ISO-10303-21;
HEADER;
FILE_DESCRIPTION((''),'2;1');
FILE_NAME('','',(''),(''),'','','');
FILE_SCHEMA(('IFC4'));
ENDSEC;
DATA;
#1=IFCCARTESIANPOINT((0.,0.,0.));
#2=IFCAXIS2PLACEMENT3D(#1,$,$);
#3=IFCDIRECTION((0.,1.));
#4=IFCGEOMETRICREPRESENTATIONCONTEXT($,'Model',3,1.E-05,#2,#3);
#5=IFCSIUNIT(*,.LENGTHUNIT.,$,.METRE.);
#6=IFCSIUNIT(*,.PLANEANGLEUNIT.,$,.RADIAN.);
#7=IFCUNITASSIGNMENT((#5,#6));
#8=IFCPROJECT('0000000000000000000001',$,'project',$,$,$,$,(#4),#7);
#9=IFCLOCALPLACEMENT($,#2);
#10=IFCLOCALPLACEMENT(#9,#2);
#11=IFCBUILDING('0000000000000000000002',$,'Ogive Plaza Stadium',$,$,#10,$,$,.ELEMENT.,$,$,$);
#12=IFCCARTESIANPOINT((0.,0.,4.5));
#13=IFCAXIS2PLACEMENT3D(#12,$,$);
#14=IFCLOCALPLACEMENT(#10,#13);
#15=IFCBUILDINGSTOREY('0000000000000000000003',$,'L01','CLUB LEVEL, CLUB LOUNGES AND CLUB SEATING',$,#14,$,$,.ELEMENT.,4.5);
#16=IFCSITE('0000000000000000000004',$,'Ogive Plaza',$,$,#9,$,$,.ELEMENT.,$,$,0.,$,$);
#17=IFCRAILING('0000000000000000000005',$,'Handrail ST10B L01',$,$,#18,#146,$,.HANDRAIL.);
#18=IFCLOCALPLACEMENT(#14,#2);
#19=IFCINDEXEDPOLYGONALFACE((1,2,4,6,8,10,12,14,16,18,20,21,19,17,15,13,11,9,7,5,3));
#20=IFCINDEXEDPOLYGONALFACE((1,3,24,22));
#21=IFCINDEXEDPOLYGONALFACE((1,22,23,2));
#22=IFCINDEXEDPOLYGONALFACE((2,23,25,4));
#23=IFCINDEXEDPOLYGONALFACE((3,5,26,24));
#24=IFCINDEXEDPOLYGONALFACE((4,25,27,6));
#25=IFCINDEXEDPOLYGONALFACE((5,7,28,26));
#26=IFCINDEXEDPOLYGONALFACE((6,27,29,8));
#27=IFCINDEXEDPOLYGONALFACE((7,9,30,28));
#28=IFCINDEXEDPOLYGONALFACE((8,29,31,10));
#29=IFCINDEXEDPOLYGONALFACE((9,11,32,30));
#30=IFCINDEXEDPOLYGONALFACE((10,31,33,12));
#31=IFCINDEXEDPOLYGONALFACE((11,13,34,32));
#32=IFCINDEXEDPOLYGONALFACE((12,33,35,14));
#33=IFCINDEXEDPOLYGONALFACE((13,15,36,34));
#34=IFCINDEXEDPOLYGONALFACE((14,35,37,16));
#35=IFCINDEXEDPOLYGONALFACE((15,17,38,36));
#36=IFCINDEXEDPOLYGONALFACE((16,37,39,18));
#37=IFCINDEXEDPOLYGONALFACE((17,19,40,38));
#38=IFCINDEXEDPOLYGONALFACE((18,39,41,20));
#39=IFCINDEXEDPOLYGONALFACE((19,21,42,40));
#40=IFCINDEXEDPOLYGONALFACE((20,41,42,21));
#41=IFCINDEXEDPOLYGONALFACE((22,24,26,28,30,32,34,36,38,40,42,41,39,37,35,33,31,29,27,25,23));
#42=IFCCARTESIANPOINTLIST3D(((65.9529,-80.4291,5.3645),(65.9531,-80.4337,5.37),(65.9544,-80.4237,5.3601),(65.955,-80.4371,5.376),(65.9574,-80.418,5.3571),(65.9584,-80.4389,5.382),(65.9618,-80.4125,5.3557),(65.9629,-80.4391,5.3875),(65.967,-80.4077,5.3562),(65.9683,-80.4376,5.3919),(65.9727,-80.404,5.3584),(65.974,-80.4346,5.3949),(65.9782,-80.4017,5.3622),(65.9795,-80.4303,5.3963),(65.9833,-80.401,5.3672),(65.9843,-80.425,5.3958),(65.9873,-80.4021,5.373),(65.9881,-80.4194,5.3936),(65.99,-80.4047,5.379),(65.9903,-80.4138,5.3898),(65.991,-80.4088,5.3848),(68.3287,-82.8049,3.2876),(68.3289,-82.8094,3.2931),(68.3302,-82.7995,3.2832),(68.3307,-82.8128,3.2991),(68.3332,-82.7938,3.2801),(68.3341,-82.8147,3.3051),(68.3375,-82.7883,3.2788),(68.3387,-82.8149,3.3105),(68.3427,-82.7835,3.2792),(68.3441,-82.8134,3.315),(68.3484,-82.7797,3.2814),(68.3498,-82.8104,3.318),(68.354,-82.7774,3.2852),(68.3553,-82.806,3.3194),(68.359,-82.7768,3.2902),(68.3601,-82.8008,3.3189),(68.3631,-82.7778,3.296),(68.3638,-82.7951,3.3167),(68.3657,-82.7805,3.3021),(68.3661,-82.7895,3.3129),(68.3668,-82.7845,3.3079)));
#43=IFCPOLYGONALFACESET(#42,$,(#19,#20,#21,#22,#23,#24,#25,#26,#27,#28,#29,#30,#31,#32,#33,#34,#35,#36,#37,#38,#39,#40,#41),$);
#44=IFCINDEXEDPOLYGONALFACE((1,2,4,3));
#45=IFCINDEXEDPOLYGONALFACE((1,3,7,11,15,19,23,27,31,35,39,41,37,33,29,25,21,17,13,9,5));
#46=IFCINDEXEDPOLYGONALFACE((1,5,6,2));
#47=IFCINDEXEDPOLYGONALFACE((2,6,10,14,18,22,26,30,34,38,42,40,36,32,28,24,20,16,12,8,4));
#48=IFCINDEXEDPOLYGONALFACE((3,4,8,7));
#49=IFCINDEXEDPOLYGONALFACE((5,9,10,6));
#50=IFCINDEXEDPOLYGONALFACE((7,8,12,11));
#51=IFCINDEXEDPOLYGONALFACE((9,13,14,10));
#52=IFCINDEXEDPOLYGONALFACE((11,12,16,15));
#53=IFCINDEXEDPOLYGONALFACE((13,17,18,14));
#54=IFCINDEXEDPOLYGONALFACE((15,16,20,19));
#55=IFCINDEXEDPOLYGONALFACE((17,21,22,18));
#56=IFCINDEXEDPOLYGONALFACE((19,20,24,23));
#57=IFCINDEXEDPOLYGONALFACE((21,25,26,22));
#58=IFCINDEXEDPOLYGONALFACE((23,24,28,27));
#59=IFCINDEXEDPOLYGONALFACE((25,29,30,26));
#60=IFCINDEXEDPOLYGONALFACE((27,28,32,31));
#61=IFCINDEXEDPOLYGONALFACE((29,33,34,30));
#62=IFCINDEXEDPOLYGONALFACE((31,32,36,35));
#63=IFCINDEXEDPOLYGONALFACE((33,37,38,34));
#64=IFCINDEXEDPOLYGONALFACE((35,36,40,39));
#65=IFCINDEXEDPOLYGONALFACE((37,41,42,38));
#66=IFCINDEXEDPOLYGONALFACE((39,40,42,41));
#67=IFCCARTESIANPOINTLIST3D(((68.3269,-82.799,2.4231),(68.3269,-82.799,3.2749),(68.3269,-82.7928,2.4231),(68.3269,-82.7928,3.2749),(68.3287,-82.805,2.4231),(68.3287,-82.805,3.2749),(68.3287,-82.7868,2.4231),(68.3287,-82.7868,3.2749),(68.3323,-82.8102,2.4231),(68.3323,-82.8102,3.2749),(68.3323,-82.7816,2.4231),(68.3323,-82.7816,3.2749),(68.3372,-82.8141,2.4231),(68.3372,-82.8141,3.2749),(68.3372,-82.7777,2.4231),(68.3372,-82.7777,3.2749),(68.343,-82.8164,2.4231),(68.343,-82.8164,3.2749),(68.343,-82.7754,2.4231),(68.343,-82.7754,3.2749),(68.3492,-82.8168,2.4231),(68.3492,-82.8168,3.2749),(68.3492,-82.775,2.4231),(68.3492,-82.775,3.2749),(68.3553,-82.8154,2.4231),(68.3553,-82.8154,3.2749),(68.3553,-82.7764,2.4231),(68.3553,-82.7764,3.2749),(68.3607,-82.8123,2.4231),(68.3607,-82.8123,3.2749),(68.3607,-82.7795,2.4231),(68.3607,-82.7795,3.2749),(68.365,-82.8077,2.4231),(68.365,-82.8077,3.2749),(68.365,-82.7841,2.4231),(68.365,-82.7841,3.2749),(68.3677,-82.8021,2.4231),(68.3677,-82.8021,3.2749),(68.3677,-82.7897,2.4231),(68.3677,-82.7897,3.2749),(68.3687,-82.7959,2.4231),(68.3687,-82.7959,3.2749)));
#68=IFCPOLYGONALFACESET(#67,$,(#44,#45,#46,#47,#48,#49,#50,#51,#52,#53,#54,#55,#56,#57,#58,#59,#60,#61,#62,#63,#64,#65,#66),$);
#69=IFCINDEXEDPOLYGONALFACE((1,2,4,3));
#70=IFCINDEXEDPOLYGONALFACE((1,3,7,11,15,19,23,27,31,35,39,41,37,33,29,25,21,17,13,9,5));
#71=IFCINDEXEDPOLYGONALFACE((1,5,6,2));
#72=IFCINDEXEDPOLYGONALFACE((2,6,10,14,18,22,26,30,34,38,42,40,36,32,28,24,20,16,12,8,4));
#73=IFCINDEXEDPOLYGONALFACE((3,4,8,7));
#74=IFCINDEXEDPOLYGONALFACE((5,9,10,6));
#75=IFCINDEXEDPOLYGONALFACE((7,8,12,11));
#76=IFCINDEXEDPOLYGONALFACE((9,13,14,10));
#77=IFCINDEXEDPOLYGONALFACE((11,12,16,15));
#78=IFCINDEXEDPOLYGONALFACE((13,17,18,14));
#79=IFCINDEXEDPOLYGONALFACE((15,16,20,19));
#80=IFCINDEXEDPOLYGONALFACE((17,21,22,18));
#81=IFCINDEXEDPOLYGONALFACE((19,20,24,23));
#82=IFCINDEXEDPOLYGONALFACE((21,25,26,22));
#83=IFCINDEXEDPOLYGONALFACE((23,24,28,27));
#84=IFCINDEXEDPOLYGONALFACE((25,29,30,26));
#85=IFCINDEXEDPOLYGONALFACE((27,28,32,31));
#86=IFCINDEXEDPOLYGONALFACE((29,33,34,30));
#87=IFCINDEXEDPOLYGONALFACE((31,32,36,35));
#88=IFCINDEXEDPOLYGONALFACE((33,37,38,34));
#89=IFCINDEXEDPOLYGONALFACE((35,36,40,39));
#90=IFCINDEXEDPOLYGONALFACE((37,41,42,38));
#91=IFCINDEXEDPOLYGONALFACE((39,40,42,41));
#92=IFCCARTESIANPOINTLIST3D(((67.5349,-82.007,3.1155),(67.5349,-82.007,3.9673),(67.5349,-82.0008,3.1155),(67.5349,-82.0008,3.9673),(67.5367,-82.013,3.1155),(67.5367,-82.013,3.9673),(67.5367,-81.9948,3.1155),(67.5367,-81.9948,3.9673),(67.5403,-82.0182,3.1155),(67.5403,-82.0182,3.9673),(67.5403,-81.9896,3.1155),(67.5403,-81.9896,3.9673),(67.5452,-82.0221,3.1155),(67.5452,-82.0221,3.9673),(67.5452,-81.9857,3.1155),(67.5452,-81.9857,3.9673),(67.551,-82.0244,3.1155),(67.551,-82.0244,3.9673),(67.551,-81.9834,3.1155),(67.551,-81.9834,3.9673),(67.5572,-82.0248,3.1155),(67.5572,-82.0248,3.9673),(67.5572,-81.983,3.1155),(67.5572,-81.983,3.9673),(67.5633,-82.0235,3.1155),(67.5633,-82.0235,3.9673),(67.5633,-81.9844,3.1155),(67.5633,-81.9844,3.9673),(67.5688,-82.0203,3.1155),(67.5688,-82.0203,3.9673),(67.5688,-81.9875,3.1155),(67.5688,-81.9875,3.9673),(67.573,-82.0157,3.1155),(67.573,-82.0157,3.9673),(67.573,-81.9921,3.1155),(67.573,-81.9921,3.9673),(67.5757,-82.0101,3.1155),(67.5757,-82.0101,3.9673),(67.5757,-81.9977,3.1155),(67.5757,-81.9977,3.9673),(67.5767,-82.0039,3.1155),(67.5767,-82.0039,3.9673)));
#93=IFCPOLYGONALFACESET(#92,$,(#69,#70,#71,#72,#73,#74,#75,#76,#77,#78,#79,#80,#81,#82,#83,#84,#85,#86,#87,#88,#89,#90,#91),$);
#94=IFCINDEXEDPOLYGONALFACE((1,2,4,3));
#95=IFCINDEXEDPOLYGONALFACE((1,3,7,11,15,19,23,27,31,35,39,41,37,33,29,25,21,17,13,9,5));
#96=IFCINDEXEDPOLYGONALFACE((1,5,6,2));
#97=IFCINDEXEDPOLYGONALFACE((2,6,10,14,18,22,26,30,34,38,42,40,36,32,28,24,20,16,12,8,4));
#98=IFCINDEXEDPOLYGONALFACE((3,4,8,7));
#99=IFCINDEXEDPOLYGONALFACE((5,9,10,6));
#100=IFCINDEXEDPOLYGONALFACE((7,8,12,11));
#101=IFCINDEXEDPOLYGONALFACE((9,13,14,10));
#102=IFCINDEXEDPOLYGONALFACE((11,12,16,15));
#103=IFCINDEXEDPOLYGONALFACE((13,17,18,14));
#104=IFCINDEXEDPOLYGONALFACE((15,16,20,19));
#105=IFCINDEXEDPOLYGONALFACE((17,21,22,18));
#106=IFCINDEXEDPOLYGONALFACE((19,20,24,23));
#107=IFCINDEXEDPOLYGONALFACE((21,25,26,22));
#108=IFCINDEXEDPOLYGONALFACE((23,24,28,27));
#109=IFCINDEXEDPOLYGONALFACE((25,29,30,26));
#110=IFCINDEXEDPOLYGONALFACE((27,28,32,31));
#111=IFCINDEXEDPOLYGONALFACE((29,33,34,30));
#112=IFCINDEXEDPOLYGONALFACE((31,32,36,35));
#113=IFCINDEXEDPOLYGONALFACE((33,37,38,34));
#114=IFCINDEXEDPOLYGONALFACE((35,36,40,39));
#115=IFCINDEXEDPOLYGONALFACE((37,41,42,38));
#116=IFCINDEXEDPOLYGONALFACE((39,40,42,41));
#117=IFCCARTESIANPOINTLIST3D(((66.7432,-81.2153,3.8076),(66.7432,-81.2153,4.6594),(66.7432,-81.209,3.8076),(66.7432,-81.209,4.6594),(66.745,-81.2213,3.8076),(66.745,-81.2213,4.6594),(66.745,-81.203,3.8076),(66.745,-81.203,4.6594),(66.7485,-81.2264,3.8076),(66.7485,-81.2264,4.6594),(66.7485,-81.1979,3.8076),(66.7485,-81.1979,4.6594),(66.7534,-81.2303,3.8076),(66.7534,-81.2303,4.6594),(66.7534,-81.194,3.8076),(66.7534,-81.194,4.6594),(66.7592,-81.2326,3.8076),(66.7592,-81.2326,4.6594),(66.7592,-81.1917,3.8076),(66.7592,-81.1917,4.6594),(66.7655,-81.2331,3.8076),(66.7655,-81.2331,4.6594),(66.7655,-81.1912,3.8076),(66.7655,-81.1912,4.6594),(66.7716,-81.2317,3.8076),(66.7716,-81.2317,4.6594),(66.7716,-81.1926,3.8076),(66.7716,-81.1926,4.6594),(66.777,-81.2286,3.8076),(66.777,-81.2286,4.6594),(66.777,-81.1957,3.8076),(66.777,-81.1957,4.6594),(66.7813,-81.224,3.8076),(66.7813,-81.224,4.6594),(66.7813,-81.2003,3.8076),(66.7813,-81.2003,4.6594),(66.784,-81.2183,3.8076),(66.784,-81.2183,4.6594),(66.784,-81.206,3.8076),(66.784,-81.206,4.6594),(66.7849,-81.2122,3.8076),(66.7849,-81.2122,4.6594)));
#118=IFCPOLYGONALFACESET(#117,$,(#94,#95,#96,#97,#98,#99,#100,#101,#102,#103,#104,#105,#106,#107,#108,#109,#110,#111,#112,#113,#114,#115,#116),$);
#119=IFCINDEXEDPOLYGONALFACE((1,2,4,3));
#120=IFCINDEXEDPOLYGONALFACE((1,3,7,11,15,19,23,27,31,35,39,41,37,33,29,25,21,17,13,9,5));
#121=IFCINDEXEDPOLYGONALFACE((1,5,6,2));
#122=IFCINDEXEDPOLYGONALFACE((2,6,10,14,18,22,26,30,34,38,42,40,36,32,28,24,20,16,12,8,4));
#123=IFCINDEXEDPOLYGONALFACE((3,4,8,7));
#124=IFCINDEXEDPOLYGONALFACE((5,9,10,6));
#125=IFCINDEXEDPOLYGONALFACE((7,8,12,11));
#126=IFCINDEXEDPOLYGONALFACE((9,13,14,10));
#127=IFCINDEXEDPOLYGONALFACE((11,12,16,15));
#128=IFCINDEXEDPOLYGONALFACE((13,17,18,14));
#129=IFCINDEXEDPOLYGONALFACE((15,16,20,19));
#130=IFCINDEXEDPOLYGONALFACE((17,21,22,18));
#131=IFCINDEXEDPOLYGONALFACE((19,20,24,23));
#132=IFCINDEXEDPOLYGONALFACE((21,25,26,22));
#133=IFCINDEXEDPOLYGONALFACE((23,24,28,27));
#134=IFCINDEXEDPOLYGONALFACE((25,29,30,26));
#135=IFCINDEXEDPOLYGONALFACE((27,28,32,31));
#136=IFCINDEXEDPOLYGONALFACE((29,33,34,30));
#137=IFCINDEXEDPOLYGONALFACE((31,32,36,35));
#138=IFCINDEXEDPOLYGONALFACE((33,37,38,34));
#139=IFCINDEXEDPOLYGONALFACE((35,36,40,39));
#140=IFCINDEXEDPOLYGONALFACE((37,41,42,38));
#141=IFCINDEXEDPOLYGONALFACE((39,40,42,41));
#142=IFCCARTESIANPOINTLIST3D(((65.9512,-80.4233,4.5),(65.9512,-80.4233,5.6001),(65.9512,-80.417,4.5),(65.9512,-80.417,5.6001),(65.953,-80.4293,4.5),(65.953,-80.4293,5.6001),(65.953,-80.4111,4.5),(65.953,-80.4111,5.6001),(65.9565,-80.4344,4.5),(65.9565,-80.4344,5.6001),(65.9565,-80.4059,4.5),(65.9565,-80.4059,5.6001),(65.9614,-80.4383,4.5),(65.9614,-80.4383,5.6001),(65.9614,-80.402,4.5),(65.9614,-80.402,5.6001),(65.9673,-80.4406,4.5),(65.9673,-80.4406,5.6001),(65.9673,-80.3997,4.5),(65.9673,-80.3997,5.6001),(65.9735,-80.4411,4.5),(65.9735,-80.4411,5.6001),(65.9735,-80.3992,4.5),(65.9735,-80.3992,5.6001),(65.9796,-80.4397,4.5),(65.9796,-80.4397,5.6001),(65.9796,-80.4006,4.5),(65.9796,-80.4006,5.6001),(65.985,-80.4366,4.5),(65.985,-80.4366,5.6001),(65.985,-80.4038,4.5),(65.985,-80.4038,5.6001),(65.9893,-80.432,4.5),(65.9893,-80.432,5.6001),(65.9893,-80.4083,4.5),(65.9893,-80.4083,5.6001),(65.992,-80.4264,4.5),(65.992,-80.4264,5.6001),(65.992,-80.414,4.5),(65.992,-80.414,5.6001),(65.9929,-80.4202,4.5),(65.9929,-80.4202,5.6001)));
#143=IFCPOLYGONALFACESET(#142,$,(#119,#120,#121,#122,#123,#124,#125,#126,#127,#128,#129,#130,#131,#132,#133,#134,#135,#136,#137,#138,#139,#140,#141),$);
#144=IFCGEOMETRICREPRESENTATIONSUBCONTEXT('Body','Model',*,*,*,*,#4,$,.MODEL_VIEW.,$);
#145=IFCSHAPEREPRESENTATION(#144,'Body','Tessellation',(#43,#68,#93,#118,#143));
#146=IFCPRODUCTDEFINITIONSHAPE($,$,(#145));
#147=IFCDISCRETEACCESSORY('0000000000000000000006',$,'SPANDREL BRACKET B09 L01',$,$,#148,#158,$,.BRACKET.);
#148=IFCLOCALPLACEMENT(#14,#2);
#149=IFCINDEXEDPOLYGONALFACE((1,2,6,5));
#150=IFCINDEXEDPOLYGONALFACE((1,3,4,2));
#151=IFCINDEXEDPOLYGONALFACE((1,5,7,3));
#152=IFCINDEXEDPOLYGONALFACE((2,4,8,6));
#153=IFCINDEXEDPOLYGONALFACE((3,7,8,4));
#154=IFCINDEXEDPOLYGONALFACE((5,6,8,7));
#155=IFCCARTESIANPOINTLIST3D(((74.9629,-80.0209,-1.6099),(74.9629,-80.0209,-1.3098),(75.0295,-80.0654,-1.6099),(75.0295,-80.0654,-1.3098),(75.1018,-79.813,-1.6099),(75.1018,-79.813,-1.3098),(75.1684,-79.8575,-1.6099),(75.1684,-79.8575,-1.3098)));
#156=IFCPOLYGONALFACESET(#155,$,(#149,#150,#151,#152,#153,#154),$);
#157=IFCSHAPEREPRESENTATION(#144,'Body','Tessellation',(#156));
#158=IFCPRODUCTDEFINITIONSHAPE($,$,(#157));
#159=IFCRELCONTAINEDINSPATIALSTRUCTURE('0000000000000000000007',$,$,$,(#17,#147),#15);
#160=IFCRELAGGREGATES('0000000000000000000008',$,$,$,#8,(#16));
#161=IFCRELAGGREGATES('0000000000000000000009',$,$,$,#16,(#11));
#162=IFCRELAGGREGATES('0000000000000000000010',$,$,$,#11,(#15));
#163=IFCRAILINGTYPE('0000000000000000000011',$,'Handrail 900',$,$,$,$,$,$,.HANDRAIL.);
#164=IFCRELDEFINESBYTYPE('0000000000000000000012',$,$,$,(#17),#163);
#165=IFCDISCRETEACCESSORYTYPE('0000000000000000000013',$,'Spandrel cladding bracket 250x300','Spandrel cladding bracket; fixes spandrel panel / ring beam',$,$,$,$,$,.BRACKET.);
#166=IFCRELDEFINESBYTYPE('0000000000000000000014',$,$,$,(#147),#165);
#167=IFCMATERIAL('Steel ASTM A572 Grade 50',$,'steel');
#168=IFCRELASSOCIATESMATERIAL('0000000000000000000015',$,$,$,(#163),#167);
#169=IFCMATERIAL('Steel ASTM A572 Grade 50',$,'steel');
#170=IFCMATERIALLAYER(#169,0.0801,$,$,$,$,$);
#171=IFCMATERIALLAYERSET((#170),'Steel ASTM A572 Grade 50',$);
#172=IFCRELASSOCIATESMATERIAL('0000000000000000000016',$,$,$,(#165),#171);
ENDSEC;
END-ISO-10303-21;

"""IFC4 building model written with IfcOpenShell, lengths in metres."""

from ifc_helpers import new_model, si_unit, direction, frame, origin, origin_2d, place, context, subcontext, project, spatial, rectangle, circle, extrude, material, layer, layer_set, type_object, element, save


model = new_model("IFC4")

# Units and contexts
model_context = context("Model", 3, precision=1e-05, world=origin(), true_north=direction((0.0, 1.0)))
body_context = subcontext(model_context, "Body", "Model", "MODEL_VIEW")
ifc_project = project(units=[si_unit("LENGTHUNIT", "METRE"), si_unit("PLANEANGLEUNIT", "RADIAN")], contexts=[model_context])

# Site, building, storey
site_placement = place(None, origin())
site = spatial("IfcSite", under=ifc_project, at=site_placement, Name="Ogive Plaza", CompositionType="ELEMENT", RefElevation=0.0)
building_placement = place(site_placement, origin())
building = spatial("IfcBuilding", under=site, at=building_placement, Name="Ogive Plaza Stadium", CompositionType="ELEMENT")
storey_placement = place(building_placement, frame((0.0, 0.0, 4.5)))
storey = spatial("IfcBuildingStorey", under=building, at=storey_placement, Name="L01", Description="CLUB LEVEL, CLUB LOUNGES AND CLUB SEATING", CompositionType="ELEMENT", Elevation=4.5)

# Railing
ifc_material_1 = material(Name="Steel ASTM A572 Grade 50", Category="steel")
railing_type_1 = type_object("IfcRailingType", Name="Handrail 900", PredefinedType="HANDRAIL", material=ifc_material_1)
railing_1_placement = place(storey_placement, frame((68.3477, -82.7959, 2.4231)))
element("IfcRailing", 1, at=railing_1_placement, inside=storey, type_object=railing_type_1, Name="Handrail ST10B L01", PredefinedType="HANDRAIL", context=body_context, shape_type="SweptSolid", body=[
    extrude(circle(Radius=0.0239, at=origin_2d()), frame((0.0, 0.0, 0.876), z_axis=(-0.601466, 0.601466, 0.525811), x_axis=(-0.707107, -0.707107, 0.0)), (0.0, 0.0, 1.0), 3.95),
    extrude(circle(Radius=0.021, at=origin_2d()), origin(), (0.0, 0.0, 1.0), 0.8518),
    extrude(circle(Radius=0.021, at=origin_2d()), frame((-0.792, 0.792, 0.6924)), (0.0, 0.0, 1.0), 0.8518),
    extrude(circle(Radius=0.021, at=origin_2d()), frame((-1.5837, 1.5837, 1.3845)), (0.0, 0.0, 1.0), 0.8518),
    extrude(circle(Radius=0.021, at=origin_2d()), frame((-2.3757, 2.3757, 2.0769)), (0.0, 0.0, 1.0), 1.1001),
])

# Discrete accessory
ifc_material_2 = material(Name="Steel ASTM A572 Grade 50", Category="steel")
ifc_layer_1 = layer(ifc_material_2, 0.0801)
ifc_layer_set_1 = layer_set([ifc_layer_1], Name="Steel ASTM A572 Grade 50")
discrete_accessory_type = type_object("IfcDiscreteAccessoryType", Name="Spandrel cladding bracket 250x300", Description="Spandrel cladding bracket; fixes spandrel panel / ring beam", PredefinedType="BRACKET", material=ifc_layer_set_1)
discrete_accessory_placement = place(storey_placement, frame((75.0657, -79.9392, -1.6099), z_axis=(0.0, 0.0, 1.0), x_axis=(-0.55557, -0.83147, 0.0)))
element("IfcDiscreteAccessory", 2, at=discrete_accessory_placement, inside=storey, type_object=discrete_accessory_type, Name="SPANDREL BRACKET B09 L01", PredefinedType="BRACKET", context=body_context, shape_type="SweptSolid", body=[
    extrude(rectangle(XDim=0.25, YDim=0.0801, at=origin_2d()), origin(), (0.0, 0.0, 1.0), 0.3),
])

save(model, "model.ifc")
